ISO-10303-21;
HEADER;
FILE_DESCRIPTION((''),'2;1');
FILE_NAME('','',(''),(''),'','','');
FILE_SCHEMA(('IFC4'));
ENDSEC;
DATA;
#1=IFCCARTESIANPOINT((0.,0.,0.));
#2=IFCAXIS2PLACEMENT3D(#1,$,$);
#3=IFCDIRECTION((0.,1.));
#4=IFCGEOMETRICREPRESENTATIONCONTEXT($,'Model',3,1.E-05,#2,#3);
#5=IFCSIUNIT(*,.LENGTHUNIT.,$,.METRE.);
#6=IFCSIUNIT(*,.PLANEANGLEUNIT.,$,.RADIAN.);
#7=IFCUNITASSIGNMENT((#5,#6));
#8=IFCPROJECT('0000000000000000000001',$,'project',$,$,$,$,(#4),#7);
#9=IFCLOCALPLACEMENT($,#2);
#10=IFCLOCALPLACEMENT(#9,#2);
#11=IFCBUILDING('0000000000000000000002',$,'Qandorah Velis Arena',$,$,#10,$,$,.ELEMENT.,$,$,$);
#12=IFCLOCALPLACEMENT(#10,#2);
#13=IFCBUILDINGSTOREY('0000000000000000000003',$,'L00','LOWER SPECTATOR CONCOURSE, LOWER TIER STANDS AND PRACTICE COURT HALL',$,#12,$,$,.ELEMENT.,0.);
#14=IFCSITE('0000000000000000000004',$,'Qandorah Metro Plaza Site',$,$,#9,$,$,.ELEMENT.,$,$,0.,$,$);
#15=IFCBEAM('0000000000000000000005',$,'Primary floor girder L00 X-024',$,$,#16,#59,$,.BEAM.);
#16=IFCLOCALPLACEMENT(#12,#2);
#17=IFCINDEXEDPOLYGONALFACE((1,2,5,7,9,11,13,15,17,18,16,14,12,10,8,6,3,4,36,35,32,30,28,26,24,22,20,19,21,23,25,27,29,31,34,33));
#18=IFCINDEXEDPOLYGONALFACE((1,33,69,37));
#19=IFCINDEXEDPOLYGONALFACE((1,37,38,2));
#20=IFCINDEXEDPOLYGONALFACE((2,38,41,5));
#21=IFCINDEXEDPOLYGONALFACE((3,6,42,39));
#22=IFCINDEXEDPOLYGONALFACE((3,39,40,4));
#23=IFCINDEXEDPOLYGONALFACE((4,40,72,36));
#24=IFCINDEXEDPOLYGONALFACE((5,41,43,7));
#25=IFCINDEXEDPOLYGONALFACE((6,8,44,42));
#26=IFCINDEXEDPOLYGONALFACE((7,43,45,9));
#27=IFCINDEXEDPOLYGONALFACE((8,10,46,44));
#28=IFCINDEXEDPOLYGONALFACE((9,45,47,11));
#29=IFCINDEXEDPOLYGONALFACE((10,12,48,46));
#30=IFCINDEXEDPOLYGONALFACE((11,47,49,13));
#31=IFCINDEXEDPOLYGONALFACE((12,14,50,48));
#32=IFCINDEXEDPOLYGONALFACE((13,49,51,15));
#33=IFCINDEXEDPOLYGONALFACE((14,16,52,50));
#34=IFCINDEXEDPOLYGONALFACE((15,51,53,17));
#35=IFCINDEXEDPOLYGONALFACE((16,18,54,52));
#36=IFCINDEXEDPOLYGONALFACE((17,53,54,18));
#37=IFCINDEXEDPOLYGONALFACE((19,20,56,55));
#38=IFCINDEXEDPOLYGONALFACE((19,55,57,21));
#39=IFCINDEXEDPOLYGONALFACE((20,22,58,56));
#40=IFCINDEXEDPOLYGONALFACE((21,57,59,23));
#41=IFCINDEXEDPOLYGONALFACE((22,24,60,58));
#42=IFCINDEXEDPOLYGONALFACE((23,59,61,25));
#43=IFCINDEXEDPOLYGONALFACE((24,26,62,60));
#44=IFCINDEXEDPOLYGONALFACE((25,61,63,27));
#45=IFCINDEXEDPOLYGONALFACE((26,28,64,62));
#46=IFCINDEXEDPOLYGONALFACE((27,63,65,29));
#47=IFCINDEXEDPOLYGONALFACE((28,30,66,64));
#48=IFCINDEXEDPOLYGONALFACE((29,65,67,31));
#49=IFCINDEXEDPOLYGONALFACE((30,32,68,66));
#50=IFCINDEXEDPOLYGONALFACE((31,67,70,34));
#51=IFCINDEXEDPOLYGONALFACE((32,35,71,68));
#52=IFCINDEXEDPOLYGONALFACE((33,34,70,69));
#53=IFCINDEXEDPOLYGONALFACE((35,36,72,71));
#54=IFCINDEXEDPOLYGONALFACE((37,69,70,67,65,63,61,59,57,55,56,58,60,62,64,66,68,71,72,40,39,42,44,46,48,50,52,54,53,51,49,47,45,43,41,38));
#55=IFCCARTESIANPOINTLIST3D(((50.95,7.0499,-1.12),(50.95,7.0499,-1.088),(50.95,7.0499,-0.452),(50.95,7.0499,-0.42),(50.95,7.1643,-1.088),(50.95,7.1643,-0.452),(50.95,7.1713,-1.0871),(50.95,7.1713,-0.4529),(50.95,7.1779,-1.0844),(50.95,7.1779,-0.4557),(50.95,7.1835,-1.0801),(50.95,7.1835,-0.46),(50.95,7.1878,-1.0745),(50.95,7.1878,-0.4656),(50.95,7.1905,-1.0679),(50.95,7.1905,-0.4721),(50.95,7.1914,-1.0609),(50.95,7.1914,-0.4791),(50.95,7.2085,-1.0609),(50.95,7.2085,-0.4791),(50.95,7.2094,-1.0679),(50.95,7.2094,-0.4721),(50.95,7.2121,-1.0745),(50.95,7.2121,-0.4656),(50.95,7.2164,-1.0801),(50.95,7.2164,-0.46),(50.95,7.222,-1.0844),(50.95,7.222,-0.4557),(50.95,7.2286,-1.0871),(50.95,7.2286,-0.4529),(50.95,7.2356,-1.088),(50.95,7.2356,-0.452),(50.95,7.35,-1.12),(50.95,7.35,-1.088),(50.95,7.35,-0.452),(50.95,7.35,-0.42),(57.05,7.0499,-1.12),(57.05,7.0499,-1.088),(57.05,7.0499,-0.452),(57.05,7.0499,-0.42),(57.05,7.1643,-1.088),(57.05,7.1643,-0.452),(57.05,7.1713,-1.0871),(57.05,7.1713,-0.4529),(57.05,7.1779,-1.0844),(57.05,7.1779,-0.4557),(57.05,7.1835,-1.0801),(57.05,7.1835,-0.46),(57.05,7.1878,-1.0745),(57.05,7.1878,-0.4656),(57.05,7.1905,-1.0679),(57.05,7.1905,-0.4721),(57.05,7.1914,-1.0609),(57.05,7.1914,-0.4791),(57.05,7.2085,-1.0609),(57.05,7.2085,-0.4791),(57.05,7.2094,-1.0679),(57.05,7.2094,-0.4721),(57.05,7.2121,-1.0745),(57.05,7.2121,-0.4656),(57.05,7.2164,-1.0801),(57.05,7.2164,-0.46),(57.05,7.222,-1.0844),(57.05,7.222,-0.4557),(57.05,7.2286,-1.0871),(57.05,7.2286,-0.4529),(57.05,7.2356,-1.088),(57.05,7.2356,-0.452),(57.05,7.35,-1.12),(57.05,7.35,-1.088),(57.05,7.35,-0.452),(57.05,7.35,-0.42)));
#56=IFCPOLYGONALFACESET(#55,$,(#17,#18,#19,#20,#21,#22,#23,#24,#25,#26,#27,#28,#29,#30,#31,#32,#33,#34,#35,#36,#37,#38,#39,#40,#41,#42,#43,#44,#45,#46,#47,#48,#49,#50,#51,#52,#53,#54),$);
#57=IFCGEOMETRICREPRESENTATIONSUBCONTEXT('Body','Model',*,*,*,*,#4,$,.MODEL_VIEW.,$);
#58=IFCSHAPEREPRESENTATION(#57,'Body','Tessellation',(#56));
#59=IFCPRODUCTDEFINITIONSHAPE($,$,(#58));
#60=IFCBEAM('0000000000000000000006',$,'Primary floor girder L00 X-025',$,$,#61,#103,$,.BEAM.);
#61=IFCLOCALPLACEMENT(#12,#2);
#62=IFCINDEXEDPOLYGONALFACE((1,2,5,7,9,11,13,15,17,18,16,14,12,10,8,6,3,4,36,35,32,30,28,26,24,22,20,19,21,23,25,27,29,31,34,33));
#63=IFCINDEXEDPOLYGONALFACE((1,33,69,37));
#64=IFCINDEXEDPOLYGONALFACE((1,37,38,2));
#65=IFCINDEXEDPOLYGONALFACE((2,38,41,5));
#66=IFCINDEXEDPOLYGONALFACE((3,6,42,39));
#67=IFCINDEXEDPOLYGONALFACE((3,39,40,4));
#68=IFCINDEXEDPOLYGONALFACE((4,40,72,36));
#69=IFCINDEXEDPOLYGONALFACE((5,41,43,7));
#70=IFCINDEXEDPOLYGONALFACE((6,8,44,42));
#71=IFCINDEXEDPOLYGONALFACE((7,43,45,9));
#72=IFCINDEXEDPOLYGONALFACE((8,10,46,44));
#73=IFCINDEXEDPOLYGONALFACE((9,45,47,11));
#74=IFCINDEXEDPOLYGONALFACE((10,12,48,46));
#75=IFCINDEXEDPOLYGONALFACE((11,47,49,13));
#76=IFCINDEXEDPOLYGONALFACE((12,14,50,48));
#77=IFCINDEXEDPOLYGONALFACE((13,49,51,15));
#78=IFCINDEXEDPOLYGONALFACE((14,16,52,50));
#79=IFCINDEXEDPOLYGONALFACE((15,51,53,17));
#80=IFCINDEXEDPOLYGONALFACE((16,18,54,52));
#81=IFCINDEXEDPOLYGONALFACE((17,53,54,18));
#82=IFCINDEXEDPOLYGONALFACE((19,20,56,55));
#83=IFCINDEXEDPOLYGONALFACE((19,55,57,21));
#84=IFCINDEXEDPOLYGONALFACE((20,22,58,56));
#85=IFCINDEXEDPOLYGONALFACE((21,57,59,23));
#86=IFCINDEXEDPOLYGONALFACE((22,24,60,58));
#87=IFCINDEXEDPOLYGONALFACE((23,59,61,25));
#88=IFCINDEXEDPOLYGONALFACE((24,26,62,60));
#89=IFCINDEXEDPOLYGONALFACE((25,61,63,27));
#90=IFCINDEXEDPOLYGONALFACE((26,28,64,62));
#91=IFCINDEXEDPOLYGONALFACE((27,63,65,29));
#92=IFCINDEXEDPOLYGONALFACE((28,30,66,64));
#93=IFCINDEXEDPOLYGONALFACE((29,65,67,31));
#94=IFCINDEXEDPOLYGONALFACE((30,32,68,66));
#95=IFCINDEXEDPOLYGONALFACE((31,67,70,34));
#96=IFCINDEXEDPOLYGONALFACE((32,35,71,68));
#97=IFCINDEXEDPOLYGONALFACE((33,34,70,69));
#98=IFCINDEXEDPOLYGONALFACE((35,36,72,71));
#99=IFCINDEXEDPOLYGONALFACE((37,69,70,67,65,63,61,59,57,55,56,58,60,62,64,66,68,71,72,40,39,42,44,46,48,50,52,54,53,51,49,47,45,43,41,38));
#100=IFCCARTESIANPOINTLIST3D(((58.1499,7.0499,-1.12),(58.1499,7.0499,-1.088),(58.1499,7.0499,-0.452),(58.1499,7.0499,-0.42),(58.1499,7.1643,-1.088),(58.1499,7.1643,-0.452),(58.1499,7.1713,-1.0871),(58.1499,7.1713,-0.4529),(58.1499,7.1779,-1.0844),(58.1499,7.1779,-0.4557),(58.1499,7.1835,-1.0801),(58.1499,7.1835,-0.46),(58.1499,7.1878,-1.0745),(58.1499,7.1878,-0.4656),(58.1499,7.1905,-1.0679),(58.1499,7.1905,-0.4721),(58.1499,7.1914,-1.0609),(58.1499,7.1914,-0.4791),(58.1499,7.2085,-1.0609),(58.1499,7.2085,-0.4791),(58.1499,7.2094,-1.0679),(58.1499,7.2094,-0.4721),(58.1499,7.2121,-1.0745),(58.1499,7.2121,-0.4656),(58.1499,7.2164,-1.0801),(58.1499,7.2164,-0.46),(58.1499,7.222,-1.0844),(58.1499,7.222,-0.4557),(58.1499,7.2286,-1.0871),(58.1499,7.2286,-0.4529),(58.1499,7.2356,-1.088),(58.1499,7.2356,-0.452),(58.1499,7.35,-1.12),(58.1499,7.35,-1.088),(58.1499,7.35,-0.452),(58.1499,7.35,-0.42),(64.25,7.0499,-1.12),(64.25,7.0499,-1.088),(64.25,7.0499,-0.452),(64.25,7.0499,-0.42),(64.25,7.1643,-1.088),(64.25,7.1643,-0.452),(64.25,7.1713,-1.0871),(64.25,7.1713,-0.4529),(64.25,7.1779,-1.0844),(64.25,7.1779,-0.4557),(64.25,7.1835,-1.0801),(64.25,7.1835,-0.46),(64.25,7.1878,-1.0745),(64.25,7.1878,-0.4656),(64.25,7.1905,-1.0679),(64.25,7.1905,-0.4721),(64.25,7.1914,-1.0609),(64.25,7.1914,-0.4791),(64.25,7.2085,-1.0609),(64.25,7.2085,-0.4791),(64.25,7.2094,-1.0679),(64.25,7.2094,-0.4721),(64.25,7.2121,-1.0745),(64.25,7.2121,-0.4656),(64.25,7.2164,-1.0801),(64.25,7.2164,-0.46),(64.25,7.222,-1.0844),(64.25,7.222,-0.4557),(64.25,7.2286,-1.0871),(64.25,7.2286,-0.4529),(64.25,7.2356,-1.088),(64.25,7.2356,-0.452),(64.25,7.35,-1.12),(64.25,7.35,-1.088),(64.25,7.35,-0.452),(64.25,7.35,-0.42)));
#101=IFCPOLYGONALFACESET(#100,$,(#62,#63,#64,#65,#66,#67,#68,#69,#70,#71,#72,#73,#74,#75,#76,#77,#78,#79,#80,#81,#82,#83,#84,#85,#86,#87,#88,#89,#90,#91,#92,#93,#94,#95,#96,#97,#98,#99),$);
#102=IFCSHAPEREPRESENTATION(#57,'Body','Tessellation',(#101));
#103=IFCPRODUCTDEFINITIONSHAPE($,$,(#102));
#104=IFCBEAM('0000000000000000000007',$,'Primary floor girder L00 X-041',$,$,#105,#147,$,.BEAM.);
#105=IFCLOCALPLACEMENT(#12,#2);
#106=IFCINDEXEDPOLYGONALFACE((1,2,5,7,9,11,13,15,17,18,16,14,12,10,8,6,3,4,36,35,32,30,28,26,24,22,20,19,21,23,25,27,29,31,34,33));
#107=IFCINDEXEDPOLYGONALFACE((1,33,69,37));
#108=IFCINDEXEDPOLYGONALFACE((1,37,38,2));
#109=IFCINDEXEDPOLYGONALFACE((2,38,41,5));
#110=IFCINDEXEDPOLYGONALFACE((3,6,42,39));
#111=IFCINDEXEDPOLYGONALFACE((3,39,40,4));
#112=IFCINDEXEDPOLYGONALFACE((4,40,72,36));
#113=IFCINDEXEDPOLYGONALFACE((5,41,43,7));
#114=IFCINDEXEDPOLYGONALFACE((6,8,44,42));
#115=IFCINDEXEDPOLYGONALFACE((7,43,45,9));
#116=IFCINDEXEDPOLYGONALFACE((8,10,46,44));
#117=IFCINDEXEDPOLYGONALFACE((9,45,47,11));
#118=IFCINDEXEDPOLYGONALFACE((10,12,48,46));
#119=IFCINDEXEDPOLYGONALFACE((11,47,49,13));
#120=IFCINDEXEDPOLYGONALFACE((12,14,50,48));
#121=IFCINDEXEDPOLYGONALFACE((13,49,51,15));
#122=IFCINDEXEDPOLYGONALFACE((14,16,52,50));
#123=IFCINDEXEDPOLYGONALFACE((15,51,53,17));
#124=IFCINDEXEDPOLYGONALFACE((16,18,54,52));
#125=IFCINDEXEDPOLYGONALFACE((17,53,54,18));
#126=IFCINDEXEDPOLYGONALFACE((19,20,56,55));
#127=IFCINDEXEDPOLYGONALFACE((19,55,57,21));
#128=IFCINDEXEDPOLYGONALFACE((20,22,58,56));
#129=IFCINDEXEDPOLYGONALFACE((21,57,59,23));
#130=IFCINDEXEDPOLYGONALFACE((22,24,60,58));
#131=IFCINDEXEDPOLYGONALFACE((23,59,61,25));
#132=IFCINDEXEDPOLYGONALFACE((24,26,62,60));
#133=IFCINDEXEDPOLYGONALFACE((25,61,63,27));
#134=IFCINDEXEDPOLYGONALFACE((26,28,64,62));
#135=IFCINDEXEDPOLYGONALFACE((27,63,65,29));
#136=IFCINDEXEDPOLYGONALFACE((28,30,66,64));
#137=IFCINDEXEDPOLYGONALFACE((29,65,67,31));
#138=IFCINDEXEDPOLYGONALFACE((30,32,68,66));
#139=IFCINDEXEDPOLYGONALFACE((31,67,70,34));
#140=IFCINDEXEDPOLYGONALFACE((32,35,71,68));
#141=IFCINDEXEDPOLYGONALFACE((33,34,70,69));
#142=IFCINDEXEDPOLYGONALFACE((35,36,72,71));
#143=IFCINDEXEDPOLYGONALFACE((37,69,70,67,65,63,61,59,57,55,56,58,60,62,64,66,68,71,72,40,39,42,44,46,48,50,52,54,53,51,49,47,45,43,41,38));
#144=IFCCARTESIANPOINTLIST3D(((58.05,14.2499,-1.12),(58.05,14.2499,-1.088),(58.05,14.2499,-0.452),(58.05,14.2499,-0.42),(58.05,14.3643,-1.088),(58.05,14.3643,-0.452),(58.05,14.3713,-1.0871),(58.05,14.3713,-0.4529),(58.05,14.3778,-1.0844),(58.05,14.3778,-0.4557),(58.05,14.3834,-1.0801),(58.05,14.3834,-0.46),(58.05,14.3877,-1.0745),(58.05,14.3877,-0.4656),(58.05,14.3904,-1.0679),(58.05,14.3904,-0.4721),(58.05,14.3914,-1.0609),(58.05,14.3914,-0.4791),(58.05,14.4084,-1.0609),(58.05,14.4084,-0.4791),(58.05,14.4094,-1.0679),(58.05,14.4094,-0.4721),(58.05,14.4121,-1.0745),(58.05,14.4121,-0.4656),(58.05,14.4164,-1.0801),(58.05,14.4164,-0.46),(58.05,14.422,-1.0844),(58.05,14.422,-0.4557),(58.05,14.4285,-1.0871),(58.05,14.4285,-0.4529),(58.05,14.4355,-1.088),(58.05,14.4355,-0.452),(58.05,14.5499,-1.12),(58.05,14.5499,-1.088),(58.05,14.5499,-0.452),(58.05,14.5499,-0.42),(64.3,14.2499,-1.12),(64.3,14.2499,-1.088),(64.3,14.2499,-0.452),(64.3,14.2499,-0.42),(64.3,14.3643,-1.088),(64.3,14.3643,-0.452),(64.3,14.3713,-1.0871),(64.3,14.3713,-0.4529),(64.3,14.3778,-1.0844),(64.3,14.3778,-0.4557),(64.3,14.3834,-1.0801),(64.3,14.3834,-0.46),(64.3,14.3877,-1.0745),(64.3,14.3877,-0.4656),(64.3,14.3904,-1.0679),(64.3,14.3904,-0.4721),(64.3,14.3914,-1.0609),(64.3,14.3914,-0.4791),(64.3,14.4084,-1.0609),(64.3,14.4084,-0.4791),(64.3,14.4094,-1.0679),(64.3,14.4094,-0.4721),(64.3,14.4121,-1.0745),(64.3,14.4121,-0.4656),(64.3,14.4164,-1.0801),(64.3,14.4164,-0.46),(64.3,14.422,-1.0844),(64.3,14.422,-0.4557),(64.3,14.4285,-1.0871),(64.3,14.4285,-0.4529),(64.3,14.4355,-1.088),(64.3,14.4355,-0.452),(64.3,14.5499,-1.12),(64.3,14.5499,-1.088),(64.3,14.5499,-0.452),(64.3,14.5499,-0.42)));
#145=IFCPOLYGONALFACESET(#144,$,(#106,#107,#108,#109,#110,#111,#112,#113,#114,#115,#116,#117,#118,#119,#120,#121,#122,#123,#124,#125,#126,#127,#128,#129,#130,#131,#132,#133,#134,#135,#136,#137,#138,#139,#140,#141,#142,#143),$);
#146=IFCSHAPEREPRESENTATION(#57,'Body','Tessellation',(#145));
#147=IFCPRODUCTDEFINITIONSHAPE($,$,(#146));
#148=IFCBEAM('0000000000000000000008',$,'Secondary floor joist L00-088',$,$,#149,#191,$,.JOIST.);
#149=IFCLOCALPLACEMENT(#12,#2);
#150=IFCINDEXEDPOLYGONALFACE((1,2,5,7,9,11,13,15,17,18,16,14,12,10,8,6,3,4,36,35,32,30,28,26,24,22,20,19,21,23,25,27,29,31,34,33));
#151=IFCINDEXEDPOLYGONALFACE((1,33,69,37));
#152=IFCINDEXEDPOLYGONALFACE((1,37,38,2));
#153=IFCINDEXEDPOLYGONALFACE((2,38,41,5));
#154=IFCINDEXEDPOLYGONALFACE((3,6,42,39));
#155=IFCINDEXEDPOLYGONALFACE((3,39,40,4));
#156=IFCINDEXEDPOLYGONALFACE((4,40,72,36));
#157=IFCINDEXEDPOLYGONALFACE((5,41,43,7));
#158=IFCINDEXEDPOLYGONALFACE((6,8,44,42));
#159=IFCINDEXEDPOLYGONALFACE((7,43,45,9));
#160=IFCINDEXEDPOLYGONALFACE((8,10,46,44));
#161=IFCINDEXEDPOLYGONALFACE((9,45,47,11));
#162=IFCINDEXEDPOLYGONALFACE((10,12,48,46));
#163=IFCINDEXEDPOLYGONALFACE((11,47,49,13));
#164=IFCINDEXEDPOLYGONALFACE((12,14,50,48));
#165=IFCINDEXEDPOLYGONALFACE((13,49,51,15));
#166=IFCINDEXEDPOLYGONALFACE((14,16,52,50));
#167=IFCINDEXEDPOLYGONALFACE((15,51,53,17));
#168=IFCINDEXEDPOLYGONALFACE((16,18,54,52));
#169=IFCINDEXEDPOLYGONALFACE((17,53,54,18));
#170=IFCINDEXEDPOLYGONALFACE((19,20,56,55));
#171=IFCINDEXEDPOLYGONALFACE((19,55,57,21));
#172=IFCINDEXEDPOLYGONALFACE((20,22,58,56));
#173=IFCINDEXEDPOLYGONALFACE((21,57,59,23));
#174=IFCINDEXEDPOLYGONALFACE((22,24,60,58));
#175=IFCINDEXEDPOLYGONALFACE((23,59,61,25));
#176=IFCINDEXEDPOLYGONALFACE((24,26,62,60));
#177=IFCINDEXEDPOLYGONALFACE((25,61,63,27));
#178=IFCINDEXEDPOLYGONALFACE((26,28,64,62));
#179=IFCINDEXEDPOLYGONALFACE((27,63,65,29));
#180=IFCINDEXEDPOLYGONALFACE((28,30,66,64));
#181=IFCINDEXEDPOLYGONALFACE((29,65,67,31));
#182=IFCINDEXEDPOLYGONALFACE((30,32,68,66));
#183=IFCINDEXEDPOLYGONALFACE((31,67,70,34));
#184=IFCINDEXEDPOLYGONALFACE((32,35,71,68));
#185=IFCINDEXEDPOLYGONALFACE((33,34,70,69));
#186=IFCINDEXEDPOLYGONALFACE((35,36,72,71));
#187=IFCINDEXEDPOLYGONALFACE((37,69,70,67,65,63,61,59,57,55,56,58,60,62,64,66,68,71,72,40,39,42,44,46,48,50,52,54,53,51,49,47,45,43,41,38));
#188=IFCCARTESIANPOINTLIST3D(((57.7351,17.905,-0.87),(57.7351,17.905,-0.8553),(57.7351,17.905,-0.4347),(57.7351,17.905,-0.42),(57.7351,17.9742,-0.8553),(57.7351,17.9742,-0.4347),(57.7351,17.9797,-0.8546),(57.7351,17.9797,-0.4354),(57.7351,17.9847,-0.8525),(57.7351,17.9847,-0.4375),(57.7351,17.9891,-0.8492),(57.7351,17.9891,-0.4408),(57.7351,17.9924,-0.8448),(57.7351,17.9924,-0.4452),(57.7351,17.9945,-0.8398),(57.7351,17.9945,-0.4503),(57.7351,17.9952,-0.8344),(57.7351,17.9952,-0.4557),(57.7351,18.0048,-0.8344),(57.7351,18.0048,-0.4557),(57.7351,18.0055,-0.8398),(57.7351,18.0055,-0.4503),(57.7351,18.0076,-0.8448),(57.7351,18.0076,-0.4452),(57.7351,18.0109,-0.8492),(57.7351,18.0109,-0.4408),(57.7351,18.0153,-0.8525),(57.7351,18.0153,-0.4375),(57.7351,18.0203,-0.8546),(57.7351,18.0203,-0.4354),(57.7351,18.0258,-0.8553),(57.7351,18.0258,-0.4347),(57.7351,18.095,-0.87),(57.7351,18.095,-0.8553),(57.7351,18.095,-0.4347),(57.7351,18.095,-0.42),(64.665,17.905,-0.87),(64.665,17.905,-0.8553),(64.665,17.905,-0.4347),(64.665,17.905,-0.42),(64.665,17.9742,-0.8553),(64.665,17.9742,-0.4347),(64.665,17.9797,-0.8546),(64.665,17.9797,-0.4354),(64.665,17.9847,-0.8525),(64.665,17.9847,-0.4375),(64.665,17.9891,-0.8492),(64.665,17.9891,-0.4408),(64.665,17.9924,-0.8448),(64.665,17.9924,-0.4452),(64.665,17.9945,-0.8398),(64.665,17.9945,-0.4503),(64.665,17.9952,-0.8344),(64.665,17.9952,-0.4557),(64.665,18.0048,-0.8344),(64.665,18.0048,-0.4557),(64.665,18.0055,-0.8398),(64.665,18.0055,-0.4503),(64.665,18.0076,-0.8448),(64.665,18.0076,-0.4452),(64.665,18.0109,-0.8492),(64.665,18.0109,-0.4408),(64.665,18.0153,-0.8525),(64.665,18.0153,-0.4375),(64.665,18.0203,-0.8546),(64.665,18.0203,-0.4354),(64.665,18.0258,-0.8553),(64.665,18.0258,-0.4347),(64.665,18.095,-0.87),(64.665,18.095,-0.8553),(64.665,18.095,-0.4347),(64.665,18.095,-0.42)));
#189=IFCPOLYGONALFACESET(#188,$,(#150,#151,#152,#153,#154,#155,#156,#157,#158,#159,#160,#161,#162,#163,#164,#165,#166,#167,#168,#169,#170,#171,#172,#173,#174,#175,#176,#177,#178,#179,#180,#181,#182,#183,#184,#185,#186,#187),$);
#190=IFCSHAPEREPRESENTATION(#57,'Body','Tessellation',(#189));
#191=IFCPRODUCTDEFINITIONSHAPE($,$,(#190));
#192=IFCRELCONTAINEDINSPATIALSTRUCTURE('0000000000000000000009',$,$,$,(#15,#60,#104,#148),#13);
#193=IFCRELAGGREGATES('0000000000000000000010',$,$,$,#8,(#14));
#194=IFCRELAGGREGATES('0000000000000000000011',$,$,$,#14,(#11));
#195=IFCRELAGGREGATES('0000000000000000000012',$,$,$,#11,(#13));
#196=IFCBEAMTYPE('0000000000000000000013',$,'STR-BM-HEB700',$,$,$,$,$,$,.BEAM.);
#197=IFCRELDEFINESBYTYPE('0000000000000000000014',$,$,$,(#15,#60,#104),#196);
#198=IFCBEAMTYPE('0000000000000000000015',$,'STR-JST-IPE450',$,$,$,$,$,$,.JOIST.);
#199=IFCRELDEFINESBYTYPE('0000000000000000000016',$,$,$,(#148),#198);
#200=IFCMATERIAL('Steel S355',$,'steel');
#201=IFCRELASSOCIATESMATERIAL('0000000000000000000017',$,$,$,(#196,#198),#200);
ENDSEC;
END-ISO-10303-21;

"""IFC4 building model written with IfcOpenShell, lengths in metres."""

from ifc_helpers import new_model, si_unit, direction, frame, origin, origin_2d, place, context, subcontext, project, spatial, i_section, extrude, material, material_profile, profile_set, type_object, element, save


model = new_model("IFC4")

# Units and contexts
model_context = context("Model", 3, precision=1e-05, world=origin(), true_north=direction((0.0, 1.0)))
body_context = subcontext(model_context, "Body", "Model", "MODEL_VIEW")
ifc_project = project(units=[si_unit("LENGTHUNIT", "METRE"), si_unit("PLANEANGLEUNIT", "RADIAN")], contexts=[model_context])

# Site, building, storey
site_placement = place(None, origin())
site = spatial("IfcSite", under=ifc_project, at=site_placement, Name="Qandorah Metro Plaza Site", CompositionType="ELEMENT", RefElevation=0.0)
building_placement = place(site_placement, origin())
building = spatial("IfcBuilding", under=site, at=building_placement, Name="Qandorah Velis Arena", CompositionType="ELEMENT")
storey_placement = place(building_placement, origin())
storey = spatial("IfcBuildingStorey", under=building, at=storey_placement, Name="L00", Description="LOWER SPECTATOR CONCOURSE, LOWER TIER STANDS AND PRACTICE COURT HALL", CompositionType="ELEMENT", Elevation=0.0)

# Beams
ifc_material_1 = material(Name="Steel S355", Category="steel")
ifc_material_profile_1 = material_profile(ifc_material_1, i_section(OverallWidth=0.3, OverallDepth=0.7, WebThickness=0.0171, FlangeThickness=0.032, FilletRadius=0.0271, at=origin_2d()), Name="HEB 700")
ifc_profile_set_1 = profile_set([ifc_material_profile_1], Name="Steel S355")
beam_type_1 = type_object("IfcBeamType", Name="STR-BM-HEB700", PredefinedType="BEAM", material=ifc_profile_set_1)
for number, where, z_axis, x_axis, name in (
    (1, (50.95, 7.2, -0.77), (1.0, 0.0, 0.0), (0.0, 1.0, 0.0), "Primary floor girder L00 X-024"),
    (2, (58.1499, 7.2, -0.77), (1.0, 0.0, 0.0), (0.0, 1.0, 0.0), "Primary floor girder L00 X-025"),
):
    element("IfcBeam", number, at=place(storey_placement, frame(where, z_axis=z_axis, x_axis=x_axis)), inside=storey, type_object=beam_type_1, Name=name, PredefinedType="BEAM", context=body_context, shape_type="SweptSolid", body=[
        extrude(i_section(OverallWidth=0.3, OverallDepth=0.7, WebThickness=0.0171, FlangeThickness=0.032, FilletRadius=0.0271, at=origin_2d()), origin(), (0.0, 0.0, 1.0), 6.1001),
    ])
beam_1_placement = place(storey_placement, frame((58.05, 14.3999, -0.77), z_axis=(1.0, 0.0, 0.0), x_axis=(0.0, 1.0, 0.0)))
element("IfcBeam", 3, at=beam_1_placement, inside=storey, type_object=beam_type_1, Name="Primary floor girder L00 X-041", PredefinedType="BEAM", context=body_context, shape_type="SweptSolid", body=[
    extrude(i_section(OverallWidth=0.3, OverallDepth=0.7, WebThickness=0.0171, FlangeThickness=0.032, FilletRadius=0.0271, at=origin_2d()), origin(), (0.0, 0.0, 1.0), 6.25),
])
ifc_material_profile_2 = material_profile(ifc_material_1, i_section(OverallWidth=0.1899, OverallDepth=0.45, WebThickness=0.0095, FlangeThickness=0.0146, FilletRadius=0.021, at=origin_2d()), Name="IPE 450")
ifc_profile_set_2 = profile_set([ifc_material_profile_2], Name="Steel S355")
beam_type_2 = type_object("IfcBeamType", Name="STR-JST-IPE450", PredefinedType="JOIST", material=ifc_profile_set_2)
beam_2_placement = place(storey_placement, frame((57.7351, 18.0, -0.645), z_axis=(1.0, 0.0, 0.0), x_axis=(0.0, 1.0, 0.0)))
element("IfcBeam", 4, at=beam_2_placement, inside=storey, type_object=beam_type_2, Name="Secondary floor joist L00-088", PredefinedType="JOIST", context=body_context, shape_type="SweptSolid", body=[
    extrude(i_section(OverallWidth=0.1899, OverallDepth=0.45, WebThickness=0.0095, FlangeThickness=0.0146, FilletRadius=0.021, at=origin_2d()), origin(), (0.0, 0.0, 1.0), 6.9299),
])

save(model, "model.ifc")
